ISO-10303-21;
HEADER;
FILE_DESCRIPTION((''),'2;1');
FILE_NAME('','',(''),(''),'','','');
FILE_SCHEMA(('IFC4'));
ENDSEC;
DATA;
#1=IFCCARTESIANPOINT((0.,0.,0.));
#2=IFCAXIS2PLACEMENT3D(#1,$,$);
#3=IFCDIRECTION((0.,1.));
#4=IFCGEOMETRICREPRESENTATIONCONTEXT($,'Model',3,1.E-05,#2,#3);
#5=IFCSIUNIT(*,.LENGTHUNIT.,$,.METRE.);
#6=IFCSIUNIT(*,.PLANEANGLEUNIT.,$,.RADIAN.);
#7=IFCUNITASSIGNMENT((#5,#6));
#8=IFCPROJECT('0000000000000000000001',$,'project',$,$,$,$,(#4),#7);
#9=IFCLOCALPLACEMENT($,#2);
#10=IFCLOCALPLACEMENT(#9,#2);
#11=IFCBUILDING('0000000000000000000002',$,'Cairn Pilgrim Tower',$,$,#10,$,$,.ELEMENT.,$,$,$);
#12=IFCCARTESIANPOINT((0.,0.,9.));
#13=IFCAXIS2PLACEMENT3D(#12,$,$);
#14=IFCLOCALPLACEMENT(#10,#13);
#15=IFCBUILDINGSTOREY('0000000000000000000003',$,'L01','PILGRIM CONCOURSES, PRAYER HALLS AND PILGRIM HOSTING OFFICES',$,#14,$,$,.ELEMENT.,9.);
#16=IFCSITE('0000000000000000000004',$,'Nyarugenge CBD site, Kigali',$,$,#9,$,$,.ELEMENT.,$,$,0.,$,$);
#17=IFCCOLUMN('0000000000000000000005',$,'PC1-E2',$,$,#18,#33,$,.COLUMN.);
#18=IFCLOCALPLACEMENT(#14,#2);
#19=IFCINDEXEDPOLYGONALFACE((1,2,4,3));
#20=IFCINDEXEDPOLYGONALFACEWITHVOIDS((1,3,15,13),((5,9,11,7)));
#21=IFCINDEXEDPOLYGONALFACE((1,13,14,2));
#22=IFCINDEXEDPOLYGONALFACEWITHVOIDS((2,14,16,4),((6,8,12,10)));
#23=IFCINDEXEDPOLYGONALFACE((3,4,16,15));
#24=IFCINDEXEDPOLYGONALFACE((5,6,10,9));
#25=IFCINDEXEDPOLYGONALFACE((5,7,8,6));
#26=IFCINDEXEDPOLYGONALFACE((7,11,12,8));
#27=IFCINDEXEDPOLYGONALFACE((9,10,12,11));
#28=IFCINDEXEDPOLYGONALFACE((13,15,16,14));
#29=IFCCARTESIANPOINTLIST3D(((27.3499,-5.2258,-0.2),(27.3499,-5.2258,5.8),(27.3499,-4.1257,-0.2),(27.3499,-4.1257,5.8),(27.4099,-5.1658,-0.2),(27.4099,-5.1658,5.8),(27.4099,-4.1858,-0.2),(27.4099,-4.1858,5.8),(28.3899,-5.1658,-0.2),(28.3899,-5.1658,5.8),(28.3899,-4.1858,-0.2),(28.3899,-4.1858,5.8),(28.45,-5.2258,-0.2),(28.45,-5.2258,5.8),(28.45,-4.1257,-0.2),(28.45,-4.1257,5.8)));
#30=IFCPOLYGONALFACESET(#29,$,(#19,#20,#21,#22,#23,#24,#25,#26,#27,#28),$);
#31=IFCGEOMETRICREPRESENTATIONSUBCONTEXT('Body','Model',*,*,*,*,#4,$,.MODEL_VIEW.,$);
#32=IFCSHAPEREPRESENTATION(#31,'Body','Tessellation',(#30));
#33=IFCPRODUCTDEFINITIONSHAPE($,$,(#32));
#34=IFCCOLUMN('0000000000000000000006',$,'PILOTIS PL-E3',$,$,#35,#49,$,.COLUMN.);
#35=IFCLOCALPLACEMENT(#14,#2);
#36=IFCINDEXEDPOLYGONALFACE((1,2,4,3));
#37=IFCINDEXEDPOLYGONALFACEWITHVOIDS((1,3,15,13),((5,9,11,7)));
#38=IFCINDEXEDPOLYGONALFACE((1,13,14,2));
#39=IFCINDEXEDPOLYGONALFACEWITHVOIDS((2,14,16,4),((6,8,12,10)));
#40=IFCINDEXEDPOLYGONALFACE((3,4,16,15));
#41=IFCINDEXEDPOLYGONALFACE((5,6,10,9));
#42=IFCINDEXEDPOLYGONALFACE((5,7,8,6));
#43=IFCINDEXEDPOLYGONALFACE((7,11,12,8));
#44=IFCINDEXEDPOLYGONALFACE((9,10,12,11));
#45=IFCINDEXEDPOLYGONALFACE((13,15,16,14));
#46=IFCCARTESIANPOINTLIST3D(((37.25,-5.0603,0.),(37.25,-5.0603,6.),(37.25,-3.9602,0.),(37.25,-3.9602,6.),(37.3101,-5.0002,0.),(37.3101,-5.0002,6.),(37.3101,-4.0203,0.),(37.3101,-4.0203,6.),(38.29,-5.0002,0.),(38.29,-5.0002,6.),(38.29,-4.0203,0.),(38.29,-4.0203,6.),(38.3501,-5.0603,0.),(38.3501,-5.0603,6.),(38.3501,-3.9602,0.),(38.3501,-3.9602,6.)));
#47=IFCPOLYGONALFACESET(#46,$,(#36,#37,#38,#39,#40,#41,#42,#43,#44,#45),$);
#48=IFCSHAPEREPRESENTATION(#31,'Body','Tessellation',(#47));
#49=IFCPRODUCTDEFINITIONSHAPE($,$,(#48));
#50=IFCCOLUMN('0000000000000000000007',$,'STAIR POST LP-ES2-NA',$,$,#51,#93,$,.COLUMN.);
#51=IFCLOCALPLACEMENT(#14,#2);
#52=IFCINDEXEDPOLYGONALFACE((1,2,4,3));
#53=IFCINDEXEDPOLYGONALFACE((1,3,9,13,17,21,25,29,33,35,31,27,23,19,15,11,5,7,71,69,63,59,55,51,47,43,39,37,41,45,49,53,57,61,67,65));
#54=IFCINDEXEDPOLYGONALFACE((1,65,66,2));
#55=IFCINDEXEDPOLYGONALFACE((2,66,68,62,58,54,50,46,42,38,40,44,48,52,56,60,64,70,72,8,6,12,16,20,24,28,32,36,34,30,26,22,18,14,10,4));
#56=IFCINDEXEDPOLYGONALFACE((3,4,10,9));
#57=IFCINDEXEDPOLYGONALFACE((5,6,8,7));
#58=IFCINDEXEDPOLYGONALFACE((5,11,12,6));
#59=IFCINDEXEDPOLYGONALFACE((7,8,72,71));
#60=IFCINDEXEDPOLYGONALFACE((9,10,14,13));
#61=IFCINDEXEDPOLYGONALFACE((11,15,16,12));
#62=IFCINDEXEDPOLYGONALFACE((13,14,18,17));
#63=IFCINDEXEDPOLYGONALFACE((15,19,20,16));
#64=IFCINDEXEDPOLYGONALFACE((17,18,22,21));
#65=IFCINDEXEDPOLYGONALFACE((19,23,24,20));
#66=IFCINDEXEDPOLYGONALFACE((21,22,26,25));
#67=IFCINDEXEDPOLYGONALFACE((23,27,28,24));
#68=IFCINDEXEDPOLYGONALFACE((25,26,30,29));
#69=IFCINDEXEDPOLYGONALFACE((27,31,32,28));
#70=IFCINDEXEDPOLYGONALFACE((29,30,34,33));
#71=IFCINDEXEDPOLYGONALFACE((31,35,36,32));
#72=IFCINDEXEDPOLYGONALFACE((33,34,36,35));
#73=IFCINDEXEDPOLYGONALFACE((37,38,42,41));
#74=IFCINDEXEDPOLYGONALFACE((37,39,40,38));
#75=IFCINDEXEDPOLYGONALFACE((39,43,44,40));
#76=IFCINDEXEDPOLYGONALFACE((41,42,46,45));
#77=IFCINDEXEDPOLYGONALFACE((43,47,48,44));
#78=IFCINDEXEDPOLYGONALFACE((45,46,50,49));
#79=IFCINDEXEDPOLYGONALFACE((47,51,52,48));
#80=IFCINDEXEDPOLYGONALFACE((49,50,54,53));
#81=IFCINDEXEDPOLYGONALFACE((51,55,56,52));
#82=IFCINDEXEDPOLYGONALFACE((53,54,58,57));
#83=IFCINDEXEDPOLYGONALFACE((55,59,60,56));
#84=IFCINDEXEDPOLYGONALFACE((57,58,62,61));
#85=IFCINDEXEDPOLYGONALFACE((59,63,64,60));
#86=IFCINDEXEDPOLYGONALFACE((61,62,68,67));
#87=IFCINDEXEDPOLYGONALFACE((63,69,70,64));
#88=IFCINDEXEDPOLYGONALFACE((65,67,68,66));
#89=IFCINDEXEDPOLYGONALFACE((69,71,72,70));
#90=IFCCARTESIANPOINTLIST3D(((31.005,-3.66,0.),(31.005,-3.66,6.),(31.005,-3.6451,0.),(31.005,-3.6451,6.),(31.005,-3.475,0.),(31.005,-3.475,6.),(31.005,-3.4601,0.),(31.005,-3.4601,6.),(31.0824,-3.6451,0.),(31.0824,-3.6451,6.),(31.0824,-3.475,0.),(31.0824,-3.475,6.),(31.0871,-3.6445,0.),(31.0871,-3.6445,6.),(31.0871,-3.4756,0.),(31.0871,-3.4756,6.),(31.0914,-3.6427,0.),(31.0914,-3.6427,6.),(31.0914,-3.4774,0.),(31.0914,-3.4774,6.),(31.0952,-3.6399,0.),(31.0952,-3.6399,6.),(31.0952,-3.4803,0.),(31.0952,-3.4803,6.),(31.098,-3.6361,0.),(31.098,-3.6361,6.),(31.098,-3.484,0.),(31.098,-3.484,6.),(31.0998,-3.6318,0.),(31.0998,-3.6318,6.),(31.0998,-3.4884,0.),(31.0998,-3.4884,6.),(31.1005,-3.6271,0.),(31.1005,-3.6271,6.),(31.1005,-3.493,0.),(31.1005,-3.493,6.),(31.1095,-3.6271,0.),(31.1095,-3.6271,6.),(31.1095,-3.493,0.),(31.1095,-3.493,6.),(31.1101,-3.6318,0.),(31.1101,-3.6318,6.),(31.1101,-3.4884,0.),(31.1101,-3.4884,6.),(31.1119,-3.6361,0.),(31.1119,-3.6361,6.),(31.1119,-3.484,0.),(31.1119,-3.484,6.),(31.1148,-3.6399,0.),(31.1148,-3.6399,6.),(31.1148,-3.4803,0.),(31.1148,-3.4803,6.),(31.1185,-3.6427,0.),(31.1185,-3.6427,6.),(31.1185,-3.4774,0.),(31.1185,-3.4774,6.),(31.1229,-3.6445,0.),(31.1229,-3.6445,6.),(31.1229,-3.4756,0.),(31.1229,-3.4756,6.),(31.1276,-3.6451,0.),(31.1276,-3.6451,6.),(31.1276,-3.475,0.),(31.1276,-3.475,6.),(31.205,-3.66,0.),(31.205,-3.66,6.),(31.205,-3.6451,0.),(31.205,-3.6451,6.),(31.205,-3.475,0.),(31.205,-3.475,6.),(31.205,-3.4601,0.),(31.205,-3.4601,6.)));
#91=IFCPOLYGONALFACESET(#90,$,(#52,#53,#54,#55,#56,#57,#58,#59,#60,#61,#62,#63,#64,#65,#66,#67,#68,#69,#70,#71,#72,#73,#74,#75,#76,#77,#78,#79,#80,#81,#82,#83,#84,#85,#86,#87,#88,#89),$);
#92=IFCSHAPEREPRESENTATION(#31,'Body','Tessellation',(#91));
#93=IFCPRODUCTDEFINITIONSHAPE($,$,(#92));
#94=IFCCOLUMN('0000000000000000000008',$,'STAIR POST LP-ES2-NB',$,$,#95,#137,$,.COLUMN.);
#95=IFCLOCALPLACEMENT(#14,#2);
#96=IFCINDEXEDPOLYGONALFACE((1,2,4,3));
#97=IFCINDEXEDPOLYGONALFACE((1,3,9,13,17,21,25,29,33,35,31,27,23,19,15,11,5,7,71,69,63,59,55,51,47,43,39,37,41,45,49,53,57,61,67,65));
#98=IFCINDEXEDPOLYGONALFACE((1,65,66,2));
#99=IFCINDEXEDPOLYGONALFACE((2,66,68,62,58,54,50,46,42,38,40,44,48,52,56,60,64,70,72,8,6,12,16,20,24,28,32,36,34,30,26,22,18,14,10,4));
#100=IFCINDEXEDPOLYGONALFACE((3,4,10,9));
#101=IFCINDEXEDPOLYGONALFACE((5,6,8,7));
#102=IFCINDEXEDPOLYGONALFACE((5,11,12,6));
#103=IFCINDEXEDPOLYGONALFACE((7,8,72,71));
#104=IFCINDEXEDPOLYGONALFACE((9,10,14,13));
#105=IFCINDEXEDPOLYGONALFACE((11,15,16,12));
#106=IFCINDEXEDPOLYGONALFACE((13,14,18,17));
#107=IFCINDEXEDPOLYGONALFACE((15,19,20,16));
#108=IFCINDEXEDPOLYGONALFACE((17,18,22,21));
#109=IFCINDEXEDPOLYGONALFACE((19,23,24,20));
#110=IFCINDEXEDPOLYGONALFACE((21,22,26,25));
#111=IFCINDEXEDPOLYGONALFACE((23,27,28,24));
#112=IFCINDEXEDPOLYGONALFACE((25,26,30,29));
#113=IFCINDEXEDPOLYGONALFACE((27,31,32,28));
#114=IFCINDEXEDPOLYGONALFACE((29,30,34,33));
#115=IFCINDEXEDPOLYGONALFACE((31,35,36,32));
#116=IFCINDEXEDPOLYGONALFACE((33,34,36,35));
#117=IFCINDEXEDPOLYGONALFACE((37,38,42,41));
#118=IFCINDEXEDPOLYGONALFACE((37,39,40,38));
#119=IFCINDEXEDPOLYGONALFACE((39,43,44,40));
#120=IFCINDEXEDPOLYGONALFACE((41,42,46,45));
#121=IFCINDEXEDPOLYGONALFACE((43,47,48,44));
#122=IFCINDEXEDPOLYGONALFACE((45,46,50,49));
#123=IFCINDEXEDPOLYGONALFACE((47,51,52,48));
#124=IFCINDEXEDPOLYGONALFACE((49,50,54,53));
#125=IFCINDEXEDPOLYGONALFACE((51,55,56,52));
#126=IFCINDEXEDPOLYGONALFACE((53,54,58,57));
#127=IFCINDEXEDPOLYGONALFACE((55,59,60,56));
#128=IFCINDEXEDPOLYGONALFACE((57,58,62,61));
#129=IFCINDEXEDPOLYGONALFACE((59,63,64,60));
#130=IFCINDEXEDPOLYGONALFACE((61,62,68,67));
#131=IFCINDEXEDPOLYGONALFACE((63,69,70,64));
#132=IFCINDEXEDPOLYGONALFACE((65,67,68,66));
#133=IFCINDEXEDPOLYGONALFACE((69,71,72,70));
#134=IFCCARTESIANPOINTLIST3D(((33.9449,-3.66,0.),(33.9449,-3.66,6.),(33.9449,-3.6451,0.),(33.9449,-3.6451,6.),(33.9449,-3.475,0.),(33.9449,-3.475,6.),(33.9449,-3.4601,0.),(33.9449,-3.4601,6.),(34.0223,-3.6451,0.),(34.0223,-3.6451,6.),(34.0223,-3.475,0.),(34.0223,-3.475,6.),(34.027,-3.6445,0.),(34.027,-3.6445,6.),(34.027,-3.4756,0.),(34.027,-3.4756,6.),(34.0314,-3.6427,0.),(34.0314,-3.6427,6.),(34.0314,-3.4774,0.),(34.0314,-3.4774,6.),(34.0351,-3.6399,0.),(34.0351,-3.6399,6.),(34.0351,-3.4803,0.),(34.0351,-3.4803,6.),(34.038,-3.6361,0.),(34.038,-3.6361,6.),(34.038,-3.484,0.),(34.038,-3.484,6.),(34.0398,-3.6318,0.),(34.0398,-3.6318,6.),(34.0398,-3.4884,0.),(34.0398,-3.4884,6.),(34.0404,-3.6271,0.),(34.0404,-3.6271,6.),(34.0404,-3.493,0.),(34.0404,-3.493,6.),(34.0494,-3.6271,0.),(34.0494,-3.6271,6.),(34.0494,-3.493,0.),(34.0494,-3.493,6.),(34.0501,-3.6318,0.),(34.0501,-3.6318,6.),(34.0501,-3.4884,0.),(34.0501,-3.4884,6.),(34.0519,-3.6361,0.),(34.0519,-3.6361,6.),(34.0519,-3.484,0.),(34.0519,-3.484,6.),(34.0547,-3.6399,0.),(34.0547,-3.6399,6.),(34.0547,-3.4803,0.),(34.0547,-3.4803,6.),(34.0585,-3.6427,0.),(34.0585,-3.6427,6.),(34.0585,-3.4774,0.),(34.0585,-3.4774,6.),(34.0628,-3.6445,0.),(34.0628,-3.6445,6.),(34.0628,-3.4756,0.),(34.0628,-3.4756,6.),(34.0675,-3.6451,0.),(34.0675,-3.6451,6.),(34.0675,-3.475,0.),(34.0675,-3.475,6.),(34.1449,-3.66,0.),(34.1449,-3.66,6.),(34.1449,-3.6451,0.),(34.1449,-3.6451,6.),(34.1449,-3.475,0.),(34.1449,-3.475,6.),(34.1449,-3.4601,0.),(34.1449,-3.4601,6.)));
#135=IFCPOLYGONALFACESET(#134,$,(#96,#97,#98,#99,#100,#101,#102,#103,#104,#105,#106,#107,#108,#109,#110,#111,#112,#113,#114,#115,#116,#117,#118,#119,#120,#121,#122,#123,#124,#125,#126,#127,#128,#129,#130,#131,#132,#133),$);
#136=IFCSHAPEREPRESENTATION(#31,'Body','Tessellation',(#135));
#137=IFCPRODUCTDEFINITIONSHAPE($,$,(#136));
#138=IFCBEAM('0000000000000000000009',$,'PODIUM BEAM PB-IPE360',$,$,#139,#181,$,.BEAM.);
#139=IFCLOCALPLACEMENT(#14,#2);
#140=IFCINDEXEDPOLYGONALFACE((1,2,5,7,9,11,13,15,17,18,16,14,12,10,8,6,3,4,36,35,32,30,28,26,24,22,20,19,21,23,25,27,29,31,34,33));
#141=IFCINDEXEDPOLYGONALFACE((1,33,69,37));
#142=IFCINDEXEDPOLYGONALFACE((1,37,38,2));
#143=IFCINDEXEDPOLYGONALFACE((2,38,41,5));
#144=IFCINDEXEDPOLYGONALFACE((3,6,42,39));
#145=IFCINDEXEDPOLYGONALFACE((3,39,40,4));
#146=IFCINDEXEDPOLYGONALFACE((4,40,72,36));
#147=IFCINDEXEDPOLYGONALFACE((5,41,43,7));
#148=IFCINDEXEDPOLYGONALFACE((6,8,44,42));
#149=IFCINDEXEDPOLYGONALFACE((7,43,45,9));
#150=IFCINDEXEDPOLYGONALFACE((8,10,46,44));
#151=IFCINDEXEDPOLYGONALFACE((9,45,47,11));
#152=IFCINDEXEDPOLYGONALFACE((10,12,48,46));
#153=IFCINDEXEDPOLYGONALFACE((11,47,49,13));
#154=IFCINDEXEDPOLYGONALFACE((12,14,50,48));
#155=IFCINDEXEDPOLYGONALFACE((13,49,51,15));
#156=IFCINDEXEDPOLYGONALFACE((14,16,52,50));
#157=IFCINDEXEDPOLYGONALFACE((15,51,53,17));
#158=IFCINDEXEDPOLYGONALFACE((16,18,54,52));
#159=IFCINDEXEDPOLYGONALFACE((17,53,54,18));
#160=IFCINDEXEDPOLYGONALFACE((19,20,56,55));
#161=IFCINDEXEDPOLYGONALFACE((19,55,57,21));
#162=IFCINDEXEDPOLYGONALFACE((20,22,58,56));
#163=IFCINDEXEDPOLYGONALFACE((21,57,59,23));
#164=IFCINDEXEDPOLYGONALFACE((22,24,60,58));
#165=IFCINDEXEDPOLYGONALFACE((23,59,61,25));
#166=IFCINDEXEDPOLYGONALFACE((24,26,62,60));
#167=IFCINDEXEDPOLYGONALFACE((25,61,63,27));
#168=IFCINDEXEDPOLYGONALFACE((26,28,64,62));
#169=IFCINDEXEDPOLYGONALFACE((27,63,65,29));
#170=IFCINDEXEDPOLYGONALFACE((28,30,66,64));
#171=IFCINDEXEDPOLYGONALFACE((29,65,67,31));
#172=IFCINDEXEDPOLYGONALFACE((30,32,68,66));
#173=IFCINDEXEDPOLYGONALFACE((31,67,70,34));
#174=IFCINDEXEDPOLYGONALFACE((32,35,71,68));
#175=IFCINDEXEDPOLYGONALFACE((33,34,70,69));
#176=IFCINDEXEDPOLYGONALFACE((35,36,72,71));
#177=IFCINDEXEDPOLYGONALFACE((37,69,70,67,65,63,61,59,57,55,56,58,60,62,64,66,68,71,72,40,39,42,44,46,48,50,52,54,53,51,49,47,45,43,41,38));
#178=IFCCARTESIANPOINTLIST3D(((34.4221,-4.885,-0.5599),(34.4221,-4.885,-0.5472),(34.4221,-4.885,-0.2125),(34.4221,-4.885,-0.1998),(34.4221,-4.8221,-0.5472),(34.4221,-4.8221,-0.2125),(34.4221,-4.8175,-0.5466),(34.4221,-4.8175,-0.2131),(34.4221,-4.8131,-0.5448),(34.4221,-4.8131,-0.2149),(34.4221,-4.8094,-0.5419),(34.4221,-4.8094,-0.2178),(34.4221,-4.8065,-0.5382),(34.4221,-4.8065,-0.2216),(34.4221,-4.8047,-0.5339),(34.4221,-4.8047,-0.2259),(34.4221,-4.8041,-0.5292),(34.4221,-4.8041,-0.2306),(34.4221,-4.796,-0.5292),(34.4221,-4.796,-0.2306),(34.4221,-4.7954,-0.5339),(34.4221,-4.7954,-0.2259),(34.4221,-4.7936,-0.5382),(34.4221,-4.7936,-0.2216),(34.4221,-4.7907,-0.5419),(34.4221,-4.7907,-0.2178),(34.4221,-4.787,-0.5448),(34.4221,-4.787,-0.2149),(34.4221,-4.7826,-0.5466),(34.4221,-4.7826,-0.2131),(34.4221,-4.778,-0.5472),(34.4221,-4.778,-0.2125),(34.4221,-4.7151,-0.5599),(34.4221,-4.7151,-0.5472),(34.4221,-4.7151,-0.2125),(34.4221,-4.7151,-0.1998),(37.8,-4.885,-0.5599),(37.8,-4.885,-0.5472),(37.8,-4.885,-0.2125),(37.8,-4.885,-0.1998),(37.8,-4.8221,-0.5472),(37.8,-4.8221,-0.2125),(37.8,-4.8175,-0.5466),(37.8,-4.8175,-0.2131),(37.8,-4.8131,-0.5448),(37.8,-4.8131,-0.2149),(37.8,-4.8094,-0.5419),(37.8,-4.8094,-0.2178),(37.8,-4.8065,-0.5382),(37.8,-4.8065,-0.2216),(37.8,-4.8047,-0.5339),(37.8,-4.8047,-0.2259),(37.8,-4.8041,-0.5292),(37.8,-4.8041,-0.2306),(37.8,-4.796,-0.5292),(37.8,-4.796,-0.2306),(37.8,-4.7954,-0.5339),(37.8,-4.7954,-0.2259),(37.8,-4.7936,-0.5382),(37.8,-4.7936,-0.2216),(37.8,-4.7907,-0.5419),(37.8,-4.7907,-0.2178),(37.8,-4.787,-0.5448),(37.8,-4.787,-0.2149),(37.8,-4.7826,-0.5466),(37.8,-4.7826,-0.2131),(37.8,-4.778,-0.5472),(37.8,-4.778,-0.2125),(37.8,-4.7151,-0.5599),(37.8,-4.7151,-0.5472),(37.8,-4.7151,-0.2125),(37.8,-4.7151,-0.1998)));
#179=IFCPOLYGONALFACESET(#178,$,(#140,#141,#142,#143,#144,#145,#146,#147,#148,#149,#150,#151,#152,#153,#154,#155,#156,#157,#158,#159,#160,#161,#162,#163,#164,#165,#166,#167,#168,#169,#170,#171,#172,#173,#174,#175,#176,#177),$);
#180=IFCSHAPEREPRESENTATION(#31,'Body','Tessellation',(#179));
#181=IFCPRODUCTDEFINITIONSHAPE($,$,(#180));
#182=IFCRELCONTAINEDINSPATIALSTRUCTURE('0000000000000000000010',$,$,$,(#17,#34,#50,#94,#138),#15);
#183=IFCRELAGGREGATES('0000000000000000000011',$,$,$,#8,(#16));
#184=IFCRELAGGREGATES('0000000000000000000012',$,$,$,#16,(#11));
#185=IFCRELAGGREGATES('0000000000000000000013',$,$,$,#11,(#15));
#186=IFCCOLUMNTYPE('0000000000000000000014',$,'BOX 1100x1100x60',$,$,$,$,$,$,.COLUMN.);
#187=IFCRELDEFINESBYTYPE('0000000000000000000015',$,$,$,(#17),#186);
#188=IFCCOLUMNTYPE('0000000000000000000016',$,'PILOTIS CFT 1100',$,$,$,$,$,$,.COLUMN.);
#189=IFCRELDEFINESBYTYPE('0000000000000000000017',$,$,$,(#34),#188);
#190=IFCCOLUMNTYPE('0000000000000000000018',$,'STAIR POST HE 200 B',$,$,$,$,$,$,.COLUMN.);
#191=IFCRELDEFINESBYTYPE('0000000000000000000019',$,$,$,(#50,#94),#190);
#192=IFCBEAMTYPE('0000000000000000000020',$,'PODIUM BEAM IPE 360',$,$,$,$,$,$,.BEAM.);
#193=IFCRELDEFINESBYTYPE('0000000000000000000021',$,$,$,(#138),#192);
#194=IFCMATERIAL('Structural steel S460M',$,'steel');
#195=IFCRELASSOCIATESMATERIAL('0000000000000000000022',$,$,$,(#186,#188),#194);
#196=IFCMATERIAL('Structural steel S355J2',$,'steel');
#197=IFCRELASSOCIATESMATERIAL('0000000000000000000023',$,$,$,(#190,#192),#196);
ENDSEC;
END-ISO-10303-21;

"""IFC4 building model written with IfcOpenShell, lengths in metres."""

from ifc_helpers import new_model, si_unit, direction, frame, origin, origin_2d, place, context, subcontext, project, spatial, hollow_rectangle, i_section, extrude, material, material_profile, profile_set, type_object, element, save


model = new_model("IFC4")

# Units and contexts
model_context = context("Model", 3, precision=1e-05, world=origin(), true_north=direction((0.0, 1.0)))
body_context = subcontext(model_context, "Body", "Model", "MODEL_VIEW")
ifc_project = project(units=[si_unit("LENGTHUNIT", "METRE"), si_unit("PLANEANGLEUNIT", "RADIAN")], contexts=[model_context])

# Site, building, storey
site_placement = place(None, origin())
site = spatial("IfcSite", under=ifc_project, at=site_placement, Name="Nyarugenge CBD site, Kigali", CompositionType="ELEMENT", RefElevation=0.0)
building_placement = place(site_placement, origin())
building = spatial("IfcBuilding", under=site, at=building_placement, Name="Cairn Pilgrim Tower", CompositionType="ELEMENT")
storey_placement = place(building_placement, frame((0.0, 0.0, 9.0)))
storey = spatial("IfcBuildingStorey", under=building, at=storey_placement, Name="L01", Description="PILGRIM CONCOURSES, PRAYER HALLS AND PILGRIM HOSTING OFFICES", CompositionType="ELEMENT", Elevation=9.0)

# Columns
ifc_material_1 = material(Name="Structural steel S460M", Category="steel")
ifc_material_profile_1 = material_profile(ifc_material_1, hollow_rectangle(XDim=1.1001, YDim=1.1001, WallThickness=0.0601, at=origin_2d()), Name="BOX 1100x1100x60")
ifc_profile_set_1 = profile_set([ifc_material_profile_1], Name="Structural steel S460M")
column_type_1 = type_object("IfcColumnType", Name="BOX 1100x1100x60", PredefinedType="COLUMN", material=ifc_profile_set_1)
column_1_placement = place(storey_placement, frame((27.8999, -4.6758, -0.2), z_axis=(0.0, 0.0, 1.0), x_axis=(1.0, 0.0, 0.0)))
element("IfcColumn", 1, at=column_1_placement, inside=storey, type_object=column_type_1, Name="PC1-E2", PredefinedType="COLUMN", context=body_context, shape_type="SweptSolid", body=[
    extrude(hollow_rectangle(XDim=1.1001, YDim=1.1001, WallThickness=0.0601, at=origin_2d()), origin(), (0.0, 0.0, 1.0), 6.0),
])
ifc_material_profile_2 = material_profile(ifc_material_1, hollow_rectangle(XDim=1.1001, YDim=1.1001, WallThickness=0.0601, at=origin_2d()), Name="BOX 1100x1100x60")
ifc_profile_set_2 = profile_set([ifc_material_profile_2], Name="Structural steel S460M")
column_type_2 = type_object("IfcColumnType", Name="PILOTIS CFT 1100", PredefinedType="COLUMN", material=ifc_profile_set_2)
column_2_placement = place(storey_placement, frame((37.8, -4.5103, 0.0), z_axis=(0.0, 0.0, 1.0), x_axis=(1.0, 0.0, 0.0)))
element("IfcColumn", 2, at=column_2_placement, inside=storey, type_object=column_type_2, Name="PILOTIS PL-E3", PredefinedType="COLUMN", context=body_context, shape_type="SweptSolid", body=[
    extrude(hollow_rectangle(XDim=1.1001, YDim=1.1001, WallThickness=0.0601, at=origin_2d()), origin(), (0.0, 0.0, 1.0), 6.0),
])
ifc_material_2 = material(Name="Structural steel S355J2", Category="steel")
ifc_material_profile_3 = material_profile(ifc_material_2, i_section(OverallWidth=0.2, OverallDepth=0.2, WebThickness=0.009, FlangeThickness=0.0149, FilletRadius=0.0181, at=origin_2d()), Name="HE 200 B")
ifc_profile_set_3 = profile_set([ifc_material_profile_3], Name="Structural steel S355J2")
column_type_3 = type_object("IfcColumnType", Name="STAIR POST HE 200 B", PredefinedType="COLUMN", material=ifc_profile_set_3)
for number, where, z_axis, x_axis, name in (
    (3, (31.105, -3.5601, 0.0), (0.0, 0.0, 1.0), (1.0, 0.0, 0.0), "STAIR POST LP-ES2-NA"),
    (4, (34.0449, -3.5601, 0.0), (0.0, 0.0, 1.0), (1.0, 0.0, 0.0), "STAIR POST LP-ES2-NB"),
):
    element("IfcColumn", number, at=place(storey_placement, frame(where, z_axis=z_axis, x_axis=x_axis)), inside=storey, type_object=column_type_3, Name=name, PredefinedType="COLUMN", context=body_context, shape_type="SweptSolid", body=[
        extrude(i_section(OverallWidth=0.2, OverallDepth=0.2, WebThickness=0.009, FlangeThickness=0.0149, FilletRadius=0.0181, at=origin_2d()), origin(), (0.0, 0.0, 1.0), 6.0),
    ])

# Beam
ifc_material_profile_4 = material_profile(ifc_material_2, i_section(OverallWidth=0.1699, OverallDepth=0.3601, WebThickness=0.0081, FlangeThickness=0.0127, FilletRadius=0.0181, at=origin_2d()), Name="IPE 360")
ifc_profile_set_4 = profile_set([ifc_material_profile_4], Name="Structural steel S355J2")
beam_type_1 = type_object("IfcBeamType", Name="PODIUM BEAM IPE 360", PredefinedType="BEAM", material=ifc_profile_set_4)
beam_1_placement = place(storey_placement, frame((34.4221, -4.8, -0.3799), z_axis=(1.0, 0.0, 0.0), x_axis=(0.0, 1.0, 0.0)))
element("IfcBeam", 5, at=beam_1_placement, inside=storey, type_object=beam_type_1, Name="PODIUM BEAM PB-IPE360", PredefinedType="BEAM", context=body_context, shape_type="SweptSolid", body=[
    extrude(i_section(OverallWidth=0.1699, OverallDepth=0.3601, WebThickness=0.0081, FlangeThickness=0.0127, FilletRadius=0.0181, at=origin_2d()), origin(), (0.0, 0.0, 1.0), 3.3779),
])

save(model, "model.ifc")
